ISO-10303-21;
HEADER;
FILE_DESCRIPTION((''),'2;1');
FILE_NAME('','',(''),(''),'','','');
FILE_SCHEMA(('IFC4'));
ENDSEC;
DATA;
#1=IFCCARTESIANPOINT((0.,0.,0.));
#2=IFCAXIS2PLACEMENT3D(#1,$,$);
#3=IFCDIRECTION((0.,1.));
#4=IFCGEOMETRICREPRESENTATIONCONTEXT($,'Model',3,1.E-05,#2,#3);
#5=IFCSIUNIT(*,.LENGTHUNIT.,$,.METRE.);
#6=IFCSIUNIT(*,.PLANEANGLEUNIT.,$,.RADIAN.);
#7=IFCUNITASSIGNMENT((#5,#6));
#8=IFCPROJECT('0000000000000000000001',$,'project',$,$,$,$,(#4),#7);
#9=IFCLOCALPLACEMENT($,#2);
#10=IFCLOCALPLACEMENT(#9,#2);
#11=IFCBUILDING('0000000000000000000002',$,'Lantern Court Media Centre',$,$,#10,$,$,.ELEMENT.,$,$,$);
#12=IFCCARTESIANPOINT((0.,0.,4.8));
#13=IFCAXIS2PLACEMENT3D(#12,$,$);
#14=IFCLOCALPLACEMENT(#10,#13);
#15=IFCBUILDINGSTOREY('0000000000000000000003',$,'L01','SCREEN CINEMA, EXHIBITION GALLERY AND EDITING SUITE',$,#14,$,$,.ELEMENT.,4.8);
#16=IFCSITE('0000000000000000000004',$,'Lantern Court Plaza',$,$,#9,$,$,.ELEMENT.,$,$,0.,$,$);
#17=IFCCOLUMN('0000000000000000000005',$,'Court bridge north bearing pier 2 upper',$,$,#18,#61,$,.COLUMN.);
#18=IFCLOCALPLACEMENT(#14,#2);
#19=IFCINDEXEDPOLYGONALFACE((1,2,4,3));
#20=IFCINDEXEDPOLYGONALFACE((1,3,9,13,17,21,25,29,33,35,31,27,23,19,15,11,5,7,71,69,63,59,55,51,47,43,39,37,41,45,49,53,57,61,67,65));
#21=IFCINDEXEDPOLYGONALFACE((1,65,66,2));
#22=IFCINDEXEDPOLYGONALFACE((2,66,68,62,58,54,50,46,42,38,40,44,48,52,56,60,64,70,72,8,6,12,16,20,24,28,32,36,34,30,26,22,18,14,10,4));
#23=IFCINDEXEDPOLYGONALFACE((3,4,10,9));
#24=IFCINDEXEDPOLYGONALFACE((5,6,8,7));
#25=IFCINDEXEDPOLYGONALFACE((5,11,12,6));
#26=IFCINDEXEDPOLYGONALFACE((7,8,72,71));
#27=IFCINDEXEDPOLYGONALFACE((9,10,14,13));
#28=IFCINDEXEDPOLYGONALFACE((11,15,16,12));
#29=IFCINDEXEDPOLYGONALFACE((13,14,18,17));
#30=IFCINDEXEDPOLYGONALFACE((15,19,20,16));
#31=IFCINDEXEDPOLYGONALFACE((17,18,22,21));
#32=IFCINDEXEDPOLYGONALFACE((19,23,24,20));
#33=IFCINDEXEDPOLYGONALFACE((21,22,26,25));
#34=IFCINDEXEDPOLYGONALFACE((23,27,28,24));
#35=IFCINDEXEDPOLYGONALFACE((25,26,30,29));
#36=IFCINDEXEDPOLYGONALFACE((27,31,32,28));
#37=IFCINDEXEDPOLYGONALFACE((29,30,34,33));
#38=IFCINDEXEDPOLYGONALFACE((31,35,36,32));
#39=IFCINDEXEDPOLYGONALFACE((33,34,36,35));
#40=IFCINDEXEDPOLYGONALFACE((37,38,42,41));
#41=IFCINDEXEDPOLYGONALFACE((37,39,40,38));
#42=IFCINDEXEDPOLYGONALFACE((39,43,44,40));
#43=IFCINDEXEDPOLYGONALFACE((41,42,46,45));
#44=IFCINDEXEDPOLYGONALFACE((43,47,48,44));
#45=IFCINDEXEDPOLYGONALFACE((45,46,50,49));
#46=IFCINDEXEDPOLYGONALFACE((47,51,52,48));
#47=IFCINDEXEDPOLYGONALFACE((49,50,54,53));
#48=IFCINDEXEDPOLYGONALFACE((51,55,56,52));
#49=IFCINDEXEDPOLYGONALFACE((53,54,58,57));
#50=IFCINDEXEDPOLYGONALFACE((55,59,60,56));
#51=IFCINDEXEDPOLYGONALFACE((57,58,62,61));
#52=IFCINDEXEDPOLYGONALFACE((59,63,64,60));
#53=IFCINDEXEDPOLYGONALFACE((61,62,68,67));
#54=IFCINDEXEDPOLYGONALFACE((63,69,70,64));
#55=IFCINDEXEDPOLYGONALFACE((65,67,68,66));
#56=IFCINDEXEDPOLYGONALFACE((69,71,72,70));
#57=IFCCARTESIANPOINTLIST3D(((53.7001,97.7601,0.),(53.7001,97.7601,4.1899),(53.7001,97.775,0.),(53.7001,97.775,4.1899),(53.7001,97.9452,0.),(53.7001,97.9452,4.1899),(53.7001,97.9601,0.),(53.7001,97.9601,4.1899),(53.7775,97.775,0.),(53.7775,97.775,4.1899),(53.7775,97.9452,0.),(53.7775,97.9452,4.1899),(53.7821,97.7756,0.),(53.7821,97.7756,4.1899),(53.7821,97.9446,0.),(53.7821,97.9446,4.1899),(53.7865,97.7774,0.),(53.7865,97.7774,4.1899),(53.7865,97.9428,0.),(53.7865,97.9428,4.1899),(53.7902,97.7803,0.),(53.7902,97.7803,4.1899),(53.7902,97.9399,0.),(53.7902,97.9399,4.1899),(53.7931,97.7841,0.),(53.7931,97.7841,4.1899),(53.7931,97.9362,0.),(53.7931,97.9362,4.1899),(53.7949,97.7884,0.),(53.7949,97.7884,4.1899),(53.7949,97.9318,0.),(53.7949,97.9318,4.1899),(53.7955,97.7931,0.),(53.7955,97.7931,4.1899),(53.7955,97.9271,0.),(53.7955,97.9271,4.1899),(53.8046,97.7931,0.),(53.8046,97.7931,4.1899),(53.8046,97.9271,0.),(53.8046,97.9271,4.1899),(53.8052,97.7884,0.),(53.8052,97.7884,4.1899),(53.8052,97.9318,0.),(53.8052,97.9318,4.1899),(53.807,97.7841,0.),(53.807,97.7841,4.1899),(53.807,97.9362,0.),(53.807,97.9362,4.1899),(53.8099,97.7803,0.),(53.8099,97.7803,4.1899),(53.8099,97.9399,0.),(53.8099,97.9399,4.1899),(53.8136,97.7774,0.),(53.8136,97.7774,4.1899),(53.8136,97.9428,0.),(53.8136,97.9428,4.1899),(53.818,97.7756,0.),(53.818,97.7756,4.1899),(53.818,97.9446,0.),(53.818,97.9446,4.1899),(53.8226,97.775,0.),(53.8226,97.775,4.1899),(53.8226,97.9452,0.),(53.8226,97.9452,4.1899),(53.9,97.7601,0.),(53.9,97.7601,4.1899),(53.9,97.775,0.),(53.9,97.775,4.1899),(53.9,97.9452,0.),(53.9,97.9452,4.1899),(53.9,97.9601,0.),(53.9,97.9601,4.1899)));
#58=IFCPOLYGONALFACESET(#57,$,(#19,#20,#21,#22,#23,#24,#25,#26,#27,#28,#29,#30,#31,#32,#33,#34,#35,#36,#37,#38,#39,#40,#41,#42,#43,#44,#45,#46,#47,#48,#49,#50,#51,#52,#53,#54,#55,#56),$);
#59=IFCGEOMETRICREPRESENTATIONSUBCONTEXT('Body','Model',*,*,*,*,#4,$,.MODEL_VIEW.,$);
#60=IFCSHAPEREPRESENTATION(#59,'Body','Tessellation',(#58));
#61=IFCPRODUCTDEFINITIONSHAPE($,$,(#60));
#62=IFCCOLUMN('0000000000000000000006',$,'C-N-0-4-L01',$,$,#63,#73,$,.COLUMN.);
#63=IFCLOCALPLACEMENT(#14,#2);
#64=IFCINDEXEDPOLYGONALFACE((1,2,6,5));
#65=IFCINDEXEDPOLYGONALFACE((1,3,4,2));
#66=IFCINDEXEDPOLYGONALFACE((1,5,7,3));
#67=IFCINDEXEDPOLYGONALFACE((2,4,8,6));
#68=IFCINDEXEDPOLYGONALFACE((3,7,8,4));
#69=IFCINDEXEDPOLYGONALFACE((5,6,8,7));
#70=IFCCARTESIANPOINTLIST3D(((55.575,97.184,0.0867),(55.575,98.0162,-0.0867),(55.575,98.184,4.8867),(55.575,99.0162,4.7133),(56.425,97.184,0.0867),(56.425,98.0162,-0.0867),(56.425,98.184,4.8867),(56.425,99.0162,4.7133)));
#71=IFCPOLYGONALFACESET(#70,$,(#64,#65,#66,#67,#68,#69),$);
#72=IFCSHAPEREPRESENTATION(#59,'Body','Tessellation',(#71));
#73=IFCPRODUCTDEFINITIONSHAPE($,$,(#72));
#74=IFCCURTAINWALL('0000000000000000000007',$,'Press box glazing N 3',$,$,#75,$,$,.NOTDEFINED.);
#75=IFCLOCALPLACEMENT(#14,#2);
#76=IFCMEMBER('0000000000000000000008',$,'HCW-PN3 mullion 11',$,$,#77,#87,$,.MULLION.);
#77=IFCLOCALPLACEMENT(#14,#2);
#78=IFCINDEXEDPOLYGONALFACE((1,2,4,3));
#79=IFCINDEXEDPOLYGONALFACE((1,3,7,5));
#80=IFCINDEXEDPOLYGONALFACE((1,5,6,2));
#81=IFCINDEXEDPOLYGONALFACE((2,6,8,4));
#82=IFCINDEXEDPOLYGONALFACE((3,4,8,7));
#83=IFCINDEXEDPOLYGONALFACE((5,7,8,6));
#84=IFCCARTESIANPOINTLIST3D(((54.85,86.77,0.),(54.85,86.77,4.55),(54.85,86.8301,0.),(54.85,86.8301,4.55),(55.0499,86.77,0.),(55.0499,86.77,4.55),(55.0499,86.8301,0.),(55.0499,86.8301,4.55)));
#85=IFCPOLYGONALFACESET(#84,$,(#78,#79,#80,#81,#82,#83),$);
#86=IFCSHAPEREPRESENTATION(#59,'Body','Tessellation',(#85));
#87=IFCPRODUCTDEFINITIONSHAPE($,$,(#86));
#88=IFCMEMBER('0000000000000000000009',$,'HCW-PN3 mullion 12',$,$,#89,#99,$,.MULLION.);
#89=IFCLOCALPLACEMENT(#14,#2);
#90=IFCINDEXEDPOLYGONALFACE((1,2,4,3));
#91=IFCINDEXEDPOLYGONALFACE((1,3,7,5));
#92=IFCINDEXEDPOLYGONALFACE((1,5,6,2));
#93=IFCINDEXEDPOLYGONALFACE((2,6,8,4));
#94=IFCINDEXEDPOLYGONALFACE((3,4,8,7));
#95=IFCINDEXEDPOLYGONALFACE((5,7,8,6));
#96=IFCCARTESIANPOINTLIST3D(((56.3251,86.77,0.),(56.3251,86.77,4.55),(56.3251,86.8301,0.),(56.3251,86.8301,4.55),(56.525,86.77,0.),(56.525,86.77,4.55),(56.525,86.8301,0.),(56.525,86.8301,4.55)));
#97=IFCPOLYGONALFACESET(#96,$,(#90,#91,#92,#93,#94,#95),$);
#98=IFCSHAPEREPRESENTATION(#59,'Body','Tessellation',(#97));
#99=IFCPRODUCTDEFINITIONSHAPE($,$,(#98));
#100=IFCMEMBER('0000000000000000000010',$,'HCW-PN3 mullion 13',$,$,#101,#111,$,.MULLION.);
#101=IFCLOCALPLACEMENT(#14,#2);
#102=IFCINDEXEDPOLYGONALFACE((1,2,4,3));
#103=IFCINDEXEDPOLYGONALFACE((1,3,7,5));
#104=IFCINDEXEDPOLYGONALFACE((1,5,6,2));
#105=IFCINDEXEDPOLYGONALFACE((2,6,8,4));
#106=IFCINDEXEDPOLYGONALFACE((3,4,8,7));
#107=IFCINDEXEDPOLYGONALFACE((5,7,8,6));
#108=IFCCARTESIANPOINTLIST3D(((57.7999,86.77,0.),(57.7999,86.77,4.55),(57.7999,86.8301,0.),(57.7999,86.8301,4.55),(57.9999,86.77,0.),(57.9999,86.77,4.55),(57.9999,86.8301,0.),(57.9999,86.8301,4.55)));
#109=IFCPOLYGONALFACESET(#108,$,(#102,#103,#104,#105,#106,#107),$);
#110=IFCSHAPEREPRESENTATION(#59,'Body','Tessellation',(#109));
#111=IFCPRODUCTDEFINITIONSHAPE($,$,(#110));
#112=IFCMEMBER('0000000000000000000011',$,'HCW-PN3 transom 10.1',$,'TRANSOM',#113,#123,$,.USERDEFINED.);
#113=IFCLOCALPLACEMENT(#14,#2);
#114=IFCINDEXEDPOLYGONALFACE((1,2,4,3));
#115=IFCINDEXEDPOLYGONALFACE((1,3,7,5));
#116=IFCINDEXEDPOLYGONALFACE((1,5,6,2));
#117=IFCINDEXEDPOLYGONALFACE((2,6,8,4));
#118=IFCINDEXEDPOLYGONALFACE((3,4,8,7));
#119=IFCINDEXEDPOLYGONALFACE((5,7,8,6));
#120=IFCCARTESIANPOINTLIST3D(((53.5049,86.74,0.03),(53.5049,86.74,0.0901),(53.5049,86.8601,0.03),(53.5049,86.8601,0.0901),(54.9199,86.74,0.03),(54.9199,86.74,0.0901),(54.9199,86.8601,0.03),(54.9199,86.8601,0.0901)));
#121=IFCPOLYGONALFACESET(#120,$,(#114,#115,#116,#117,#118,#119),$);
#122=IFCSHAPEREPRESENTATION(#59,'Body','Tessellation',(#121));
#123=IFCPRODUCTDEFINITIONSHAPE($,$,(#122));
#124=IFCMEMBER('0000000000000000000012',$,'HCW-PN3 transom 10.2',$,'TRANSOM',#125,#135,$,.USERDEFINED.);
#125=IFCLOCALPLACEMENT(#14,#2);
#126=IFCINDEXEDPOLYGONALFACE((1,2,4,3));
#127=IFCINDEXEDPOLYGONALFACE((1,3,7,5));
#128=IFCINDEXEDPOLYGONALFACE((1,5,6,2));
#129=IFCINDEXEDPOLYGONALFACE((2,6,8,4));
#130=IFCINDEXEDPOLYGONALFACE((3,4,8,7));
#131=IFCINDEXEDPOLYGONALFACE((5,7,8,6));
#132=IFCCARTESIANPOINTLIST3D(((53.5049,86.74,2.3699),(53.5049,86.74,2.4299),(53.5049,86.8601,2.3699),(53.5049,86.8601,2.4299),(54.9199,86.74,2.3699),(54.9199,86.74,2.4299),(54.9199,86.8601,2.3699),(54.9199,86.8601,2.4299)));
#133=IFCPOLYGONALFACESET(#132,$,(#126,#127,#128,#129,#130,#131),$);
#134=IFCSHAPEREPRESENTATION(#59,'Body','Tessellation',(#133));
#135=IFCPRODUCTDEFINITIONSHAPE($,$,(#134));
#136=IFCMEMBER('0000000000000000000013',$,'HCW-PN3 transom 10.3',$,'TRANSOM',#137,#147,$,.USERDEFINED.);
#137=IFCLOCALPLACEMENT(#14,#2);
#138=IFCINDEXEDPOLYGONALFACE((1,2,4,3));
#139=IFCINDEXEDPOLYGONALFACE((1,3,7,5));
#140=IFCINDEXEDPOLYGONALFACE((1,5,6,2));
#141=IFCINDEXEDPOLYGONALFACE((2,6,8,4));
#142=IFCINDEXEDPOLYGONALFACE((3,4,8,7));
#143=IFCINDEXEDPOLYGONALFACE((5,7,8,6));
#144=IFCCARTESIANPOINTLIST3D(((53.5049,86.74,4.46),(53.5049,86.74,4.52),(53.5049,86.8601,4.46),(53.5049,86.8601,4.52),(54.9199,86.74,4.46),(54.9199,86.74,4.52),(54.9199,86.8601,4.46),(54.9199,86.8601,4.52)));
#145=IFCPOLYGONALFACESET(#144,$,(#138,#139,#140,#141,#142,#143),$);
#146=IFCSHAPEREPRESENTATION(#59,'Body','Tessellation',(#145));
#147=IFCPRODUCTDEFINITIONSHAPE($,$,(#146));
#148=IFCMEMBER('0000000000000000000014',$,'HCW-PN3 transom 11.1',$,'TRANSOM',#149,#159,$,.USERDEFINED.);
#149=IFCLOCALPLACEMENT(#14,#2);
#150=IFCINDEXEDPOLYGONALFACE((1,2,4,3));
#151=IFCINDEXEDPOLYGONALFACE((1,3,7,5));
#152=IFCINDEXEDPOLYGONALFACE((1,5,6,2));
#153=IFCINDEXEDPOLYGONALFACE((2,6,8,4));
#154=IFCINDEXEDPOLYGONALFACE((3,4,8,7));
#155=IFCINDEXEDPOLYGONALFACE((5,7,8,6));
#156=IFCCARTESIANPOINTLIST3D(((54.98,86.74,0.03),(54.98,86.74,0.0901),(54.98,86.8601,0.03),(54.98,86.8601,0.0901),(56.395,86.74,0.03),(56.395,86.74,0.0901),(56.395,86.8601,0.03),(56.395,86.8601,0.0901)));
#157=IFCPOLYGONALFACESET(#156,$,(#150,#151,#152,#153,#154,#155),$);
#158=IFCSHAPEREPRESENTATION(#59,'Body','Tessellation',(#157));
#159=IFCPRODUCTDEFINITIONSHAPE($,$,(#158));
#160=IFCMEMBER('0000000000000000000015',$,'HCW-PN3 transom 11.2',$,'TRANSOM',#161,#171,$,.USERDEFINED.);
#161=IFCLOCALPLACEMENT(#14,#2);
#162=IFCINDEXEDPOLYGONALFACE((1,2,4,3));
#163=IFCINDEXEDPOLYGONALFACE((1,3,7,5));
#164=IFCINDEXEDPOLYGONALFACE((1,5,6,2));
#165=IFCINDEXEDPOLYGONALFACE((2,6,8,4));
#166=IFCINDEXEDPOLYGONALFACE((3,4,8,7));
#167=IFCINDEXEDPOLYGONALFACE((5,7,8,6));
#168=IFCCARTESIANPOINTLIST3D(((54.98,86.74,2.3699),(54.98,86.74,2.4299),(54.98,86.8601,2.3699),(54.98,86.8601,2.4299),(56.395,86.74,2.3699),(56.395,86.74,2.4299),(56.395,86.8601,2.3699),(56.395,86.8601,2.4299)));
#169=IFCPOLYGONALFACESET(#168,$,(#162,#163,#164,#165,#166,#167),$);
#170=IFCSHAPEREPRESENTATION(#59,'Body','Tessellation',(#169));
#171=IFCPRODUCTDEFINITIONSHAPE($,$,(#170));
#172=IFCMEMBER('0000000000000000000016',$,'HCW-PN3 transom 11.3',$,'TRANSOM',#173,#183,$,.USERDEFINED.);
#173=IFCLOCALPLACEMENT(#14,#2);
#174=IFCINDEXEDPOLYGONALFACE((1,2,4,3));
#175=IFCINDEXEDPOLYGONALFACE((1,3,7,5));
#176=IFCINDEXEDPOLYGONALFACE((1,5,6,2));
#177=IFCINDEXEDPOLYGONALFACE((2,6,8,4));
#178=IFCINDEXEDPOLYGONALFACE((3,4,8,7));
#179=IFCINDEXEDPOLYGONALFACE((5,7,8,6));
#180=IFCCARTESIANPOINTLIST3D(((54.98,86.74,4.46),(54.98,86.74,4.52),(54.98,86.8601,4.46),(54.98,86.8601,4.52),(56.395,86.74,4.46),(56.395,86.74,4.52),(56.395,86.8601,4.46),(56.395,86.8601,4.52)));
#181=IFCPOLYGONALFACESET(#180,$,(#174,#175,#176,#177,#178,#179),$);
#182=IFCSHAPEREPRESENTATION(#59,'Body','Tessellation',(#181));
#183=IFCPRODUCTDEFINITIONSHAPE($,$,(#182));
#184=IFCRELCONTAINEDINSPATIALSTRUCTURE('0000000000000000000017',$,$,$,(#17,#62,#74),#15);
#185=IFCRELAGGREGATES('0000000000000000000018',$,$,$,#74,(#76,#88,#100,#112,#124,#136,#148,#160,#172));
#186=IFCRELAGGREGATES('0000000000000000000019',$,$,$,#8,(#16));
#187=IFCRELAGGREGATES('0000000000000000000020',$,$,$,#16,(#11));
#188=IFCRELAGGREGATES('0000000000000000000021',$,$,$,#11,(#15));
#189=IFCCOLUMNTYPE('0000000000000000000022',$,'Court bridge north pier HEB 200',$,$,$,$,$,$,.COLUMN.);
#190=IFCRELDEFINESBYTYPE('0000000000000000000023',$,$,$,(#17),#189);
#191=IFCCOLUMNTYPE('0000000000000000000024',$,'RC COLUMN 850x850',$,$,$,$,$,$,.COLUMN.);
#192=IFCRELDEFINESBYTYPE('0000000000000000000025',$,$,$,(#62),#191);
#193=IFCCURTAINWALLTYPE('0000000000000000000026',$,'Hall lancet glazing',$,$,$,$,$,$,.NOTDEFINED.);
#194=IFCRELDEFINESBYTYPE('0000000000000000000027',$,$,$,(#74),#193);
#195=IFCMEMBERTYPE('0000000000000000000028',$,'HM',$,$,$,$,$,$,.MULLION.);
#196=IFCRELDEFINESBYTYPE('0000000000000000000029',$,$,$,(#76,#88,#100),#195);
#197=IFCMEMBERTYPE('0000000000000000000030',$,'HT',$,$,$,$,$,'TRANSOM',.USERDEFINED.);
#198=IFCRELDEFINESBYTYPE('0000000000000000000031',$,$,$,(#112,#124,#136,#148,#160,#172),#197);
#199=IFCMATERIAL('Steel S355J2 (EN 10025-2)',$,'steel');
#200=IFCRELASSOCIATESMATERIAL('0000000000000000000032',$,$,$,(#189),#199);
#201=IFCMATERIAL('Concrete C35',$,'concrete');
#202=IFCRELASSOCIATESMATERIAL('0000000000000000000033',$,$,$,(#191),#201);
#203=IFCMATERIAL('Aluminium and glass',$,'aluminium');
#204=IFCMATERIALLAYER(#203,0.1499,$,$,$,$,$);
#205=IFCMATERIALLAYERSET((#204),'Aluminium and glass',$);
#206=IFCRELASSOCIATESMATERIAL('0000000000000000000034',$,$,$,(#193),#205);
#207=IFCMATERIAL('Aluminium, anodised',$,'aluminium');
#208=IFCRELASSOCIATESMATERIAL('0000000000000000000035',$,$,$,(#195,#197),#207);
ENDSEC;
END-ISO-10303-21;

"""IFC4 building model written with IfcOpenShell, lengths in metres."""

from ifc_helpers import new_model, si_unit, direction, frame, origin, origin_2d, place, context, subcontext, project, spatial, rectangle, i_section, extrude, material, layer, layer_set, material_profile, profile_set, type_object, element, aggregate, save


model = new_model("IFC4")

# Units and contexts
model_context = context("Model", 3, precision=1e-05, world=origin(), true_north=direction((0.0, 1.0)))
body_context = subcontext(model_context, "Body", "Model", "MODEL_VIEW")
ifc_project = project(units=[si_unit("LENGTHUNIT", "METRE"), si_unit("PLANEANGLEUNIT", "RADIAN")], contexts=[model_context])

# Site, building, storey
site_placement = place(None, origin())
site = spatial("IfcSite", under=ifc_project, at=site_placement, Name="Lantern Court Plaza", CompositionType="ELEMENT", RefElevation=0.0)
building_placement = place(site_placement, origin())
building = spatial("IfcBuilding", under=site, at=building_placement, Name="Lantern Court Media Centre", CompositionType="ELEMENT")
storey_placement = place(building_placement, frame((0.0, 0.0, 4.8)))
storey = spatial("IfcBuildingStorey", under=building, at=storey_placement, Name="L01", Description="SCREEN CINEMA, EXHIBITION GALLERY AND EDITING SUITE", CompositionType="ELEMENT", Elevation=4.8)

# Columns
ifc_material_1 = material(Name="Steel S355J2 (EN 10025-2)", Category="steel")
ifc_material_profile_1 = material_profile(ifc_material_1, i_section(OverallWidth=0.2, OverallDepth=0.2, WebThickness=0.009, FlangeThickness=0.0149, FilletRadius=0.0181, at=origin_2d()), Name="HEB 200")
ifc_profile_set_1 = profile_set([ifc_material_profile_1], Name="Steel S355J2 (EN 10025-2)")
column_type_1 = type_object("IfcColumnType", Name="Court bridge north pier HEB 200", PredefinedType="COLUMN", material=ifc_profile_set_1)
column_1_placement = place(storey_placement, frame((53.8, 97.8601, 0.0), z_axis=(0.0, 0.0, 1.0), x_axis=(1.0, 0.0, 0.0)))
element("IfcColumn", 1, at=column_1_placement, inside=storey, type_object=column_type_1, Name="Court bridge north bearing pier 2 upper", PredefinedType="COLUMN", context=body_context, shape_type="SweptSolid", body=[
    extrude(i_section(OverallWidth=0.2, OverallDepth=0.2, WebThickness=0.009, FlangeThickness=0.0149, FilletRadius=0.0181, at=origin_2d()), origin(), (0.0, 0.0, 1.0), 4.1899),
])
ifc_material_2 = material(Name="Concrete C35", Category="concrete")
ifc_material_profile_2 = material_profile(ifc_material_2, rectangle(XDim=0.8501, YDim=0.8501, at=origin_2d()), Name="RC 850x850")
ifc_profile_set_2 = profile_set([ifc_material_profile_2], Name="Concrete C35")
column_type_2 = type_object("IfcColumnType", Name="RC COLUMN 850x850", PredefinedType="COLUMN", material=ifc_profile_set_2)
column_2_placement = place(storey_placement, frame((56.0, 97.6001, 0.0), z_axis=(0.0, 0.203952, 0.978981), x_axis=(-1.0, 0.0, 0.0)))
element("IfcColumn", 2, at=column_2_placement, inside=storey, type_object=column_type_2, Name="C-N-0-4-L01", PredefinedType="COLUMN", context=body_context, shape_type="SweptSolid", body=[
    extrude(rectangle(XDim=0.8501, YDim=0.8501, at=origin_2d()), origin(), (0.0, 0.0, 1.0), 4.9031),
])

# Curtain wall, members
ifc_material_3 = material(Name="Aluminium and glass", Category="aluminium")
ifc_layer_1 = layer(ifc_material_3, 0.1499)
ifc_layer_set_1 = layer_set([ifc_layer_1], Name="Aluminium and glass")
curtain_wall_type = type_object("IfcCurtainWallType", Name="Hall lancet glazing", PredefinedType="NOTDEFINED", material=ifc_layer_set_1)
curtain_wall_placement = place(storey_placement, origin())
curtain_wall = element("IfcCurtainWall", 3, at=curtain_wall_placement, inside=storey, type_object=curtain_wall_type, Name="Press box glazing N 3", PredefinedType="NOTDEFINED")
ifc_material_4 = material(Name="Aluminium, anodised", Category="aluminium")
ifc_material_profile_3 = material_profile(ifc_material_4, rectangle(XDim=0.0601, YDim=0.2, at=origin_2d()), Name="HM")
ifc_profile_set_3 = profile_set([ifc_material_profile_3], Name="Aluminium, anodised")
member_type_1 = type_object("IfcMemberType", Name="HM", PredefinedType="MULLION", material=ifc_profile_set_3)
member_1_placement = place(storey_placement, frame((54.95, 86.8, 0.0), z_axis=(0.0, 0.0, 1.0), x_axis=(0.0, 1.0, 0.0)))
member_1 = element("IfcMember", 4, at=member_1_placement, type_object=member_type_1, Name="HCW-PN3 mullion 11", PredefinedType="MULLION", context=body_context, shape_type="SweptSolid", body=[
    extrude(rectangle(XDim=0.0601, YDim=0.2, at=origin_2d()), origin(), (0.0, 0.0, 1.0), 4.55),
])
member_2_placement = place(storey_placement, frame((56.425, 86.8, 0.0), z_axis=(0.0, 0.0, 1.0), x_axis=(0.0, 1.0, 0.0)))
member_2 = element("IfcMember", 5, at=member_2_placement, type_object=member_type_1, Name="HCW-PN3 mullion 12", PredefinedType="MULLION", context=body_context, shape_type="SweptSolid", body=[
    extrude(rectangle(XDim=0.0601, YDim=0.2, at=origin_2d()), origin(), (0.0, 0.0, 1.0), 4.55),
])
member_3_placement = place(storey_placement, frame((57.8999, 86.8, 0.0), z_axis=(0.0, 0.0, 1.0), x_axis=(0.0, 1.0, 0.0)))
member_3 = element("IfcMember", 6, at=member_3_placement, type_object=member_type_1, Name="HCW-PN3 mullion 13", PredefinedType="MULLION", context=body_context, shape_type="SweptSolid", body=[
    extrude(rectangle(XDim=0.0601, YDim=0.2, at=origin_2d()), origin(), (0.0, 0.0, 1.0), 4.55),
])
ifc_material_profile_4 = material_profile(ifc_material_4, rectangle(XDim=0.1201, YDim=0.0601, at=origin_2d()), Name="HT")
ifc_profile_set_4 = profile_set([ifc_material_profile_4], Name="Aluminium, anodised")
member_type_2 = type_object("IfcMemberType", Name="HT", ElementType="TRANSOM", PredefinedType="USERDEFINED", material=ifc_profile_set_4)
member_4_placement = place(storey_placement, frame((53.5049, 86.8, 0.0601), z_axis=(1.0, 0.0, 0.0), x_axis=(0.0, 1.0, 0.0)))
member_4 = element("IfcMember", 7, at=member_4_placement, type_object=member_type_2, Name="HCW-PN3 transom 10.1", ObjectType="TRANSOM", PredefinedType="USERDEFINED", context=body_context, shape_type="SweptSolid", body=[
    extrude(rectangle(XDim=0.1201, YDim=0.0601, at=origin_2d()), origin(), (0.0, 0.0, 1.0), 1.415),
])
member_5_placement = place(storey_placement, frame((53.5049, 86.8, 2.3999), z_axis=(1.0, 0.0, 0.0), x_axis=(0.0, 1.0, 0.0)))
member_5 = element("IfcMember", 8, at=member_5_placement, type_object=member_type_2, Name="HCW-PN3 transom 10.2", ObjectType="TRANSOM", PredefinedType="USERDEFINED", context=body_context, shape_type="SweptSolid", body=[
    extrude(rectangle(XDim=0.1201, YDim=0.0601, at=origin_2d()), origin(), (0.0, 0.0, 1.0), 1.415),
])
member_6_placement = place(storey_placement, frame((53.5049, 86.8, 4.49), z_axis=(1.0, 0.0, 0.0), x_axis=(0.0, 1.0, 0.0)))
member_6 = element("IfcMember", 9, at=member_6_placement, type_object=member_type_2, Name="HCW-PN3 transom 10.3", ObjectType="TRANSOM", PredefinedType="USERDEFINED", context=body_context, shape_type="SweptSolid", body=[
    extrude(rectangle(XDim=0.1201, YDim=0.0601, at=origin_2d()), origin(), (0.0, 0.0, 1.0), 1.415),
])
member_7_placement = place(storey_placement, frame((54.98, 86.8, 0.0601), z_axis=(1.0, 0.0, 0.0), x_axis=(0.0, 1.0, 0.0)))
member_7 = element("IfcMember", 10, at=member_7_placement, type_object=member_type_2, Name="HCW-PN3 transom 11.1", ObjectType="TRANSOM", PredefinedType="USERDEFINED", context=body_context, shape_type="SweptSolid", body=[
    extrude(rectangle(XDim=0.1201, YDim=0.0601, at=origin_2d()), origin(), (0.0, 0.0, 1.0), 1.415),
])
member_8_placement = place(storey_placement, frame((54.98, 86.8, 2.3999), z_axis=(1.0, 0.0, 0.0), x_axis=(0.0, 1.0, 0.0)))
member_8 = element("IfcMember", 11, at=member_8_placement, type_object=member_type_2, Name="HCW-PN3 transom 11.2", ObjectType="TRANSOM", PredefinedType="USERDEFINED", context=body_context, shape_type="SweptSolid", body=[
    extrude(rectangle(XDim=0.1201, YDim=0.0601, at=origin_2d()), origin(), (0.0, 0.0, 1.0), 1.415),
])
member_9_placement = place(storey_placement, frame((54.98, 86.8, 4.49), z_axis=(1.0, 0.0, 0.0), x_axis=(0.0, 1.0, 0.0)))
member_9 = element("IfcMember", 12, at=member_9_placement, type_object=member_type_2, Name="HCW-PN3 transom 11.3", ObjectType="TRANSOM", PredefinedType="USERDEFINED", context=body_context, shape_type="SweptSolid", body=[
    extrude(rectangle(XDim=0.1201, YDim=0.0601, at=origin_2d()), origin(), (0.0, 0.0, 1.0), 1.415),
])

aggregate(curtain_wall, [member_1, member_2, member_3, member_4, member_5, member_6, member_7, member_8, member_9])

save(model, "model.ifc")
